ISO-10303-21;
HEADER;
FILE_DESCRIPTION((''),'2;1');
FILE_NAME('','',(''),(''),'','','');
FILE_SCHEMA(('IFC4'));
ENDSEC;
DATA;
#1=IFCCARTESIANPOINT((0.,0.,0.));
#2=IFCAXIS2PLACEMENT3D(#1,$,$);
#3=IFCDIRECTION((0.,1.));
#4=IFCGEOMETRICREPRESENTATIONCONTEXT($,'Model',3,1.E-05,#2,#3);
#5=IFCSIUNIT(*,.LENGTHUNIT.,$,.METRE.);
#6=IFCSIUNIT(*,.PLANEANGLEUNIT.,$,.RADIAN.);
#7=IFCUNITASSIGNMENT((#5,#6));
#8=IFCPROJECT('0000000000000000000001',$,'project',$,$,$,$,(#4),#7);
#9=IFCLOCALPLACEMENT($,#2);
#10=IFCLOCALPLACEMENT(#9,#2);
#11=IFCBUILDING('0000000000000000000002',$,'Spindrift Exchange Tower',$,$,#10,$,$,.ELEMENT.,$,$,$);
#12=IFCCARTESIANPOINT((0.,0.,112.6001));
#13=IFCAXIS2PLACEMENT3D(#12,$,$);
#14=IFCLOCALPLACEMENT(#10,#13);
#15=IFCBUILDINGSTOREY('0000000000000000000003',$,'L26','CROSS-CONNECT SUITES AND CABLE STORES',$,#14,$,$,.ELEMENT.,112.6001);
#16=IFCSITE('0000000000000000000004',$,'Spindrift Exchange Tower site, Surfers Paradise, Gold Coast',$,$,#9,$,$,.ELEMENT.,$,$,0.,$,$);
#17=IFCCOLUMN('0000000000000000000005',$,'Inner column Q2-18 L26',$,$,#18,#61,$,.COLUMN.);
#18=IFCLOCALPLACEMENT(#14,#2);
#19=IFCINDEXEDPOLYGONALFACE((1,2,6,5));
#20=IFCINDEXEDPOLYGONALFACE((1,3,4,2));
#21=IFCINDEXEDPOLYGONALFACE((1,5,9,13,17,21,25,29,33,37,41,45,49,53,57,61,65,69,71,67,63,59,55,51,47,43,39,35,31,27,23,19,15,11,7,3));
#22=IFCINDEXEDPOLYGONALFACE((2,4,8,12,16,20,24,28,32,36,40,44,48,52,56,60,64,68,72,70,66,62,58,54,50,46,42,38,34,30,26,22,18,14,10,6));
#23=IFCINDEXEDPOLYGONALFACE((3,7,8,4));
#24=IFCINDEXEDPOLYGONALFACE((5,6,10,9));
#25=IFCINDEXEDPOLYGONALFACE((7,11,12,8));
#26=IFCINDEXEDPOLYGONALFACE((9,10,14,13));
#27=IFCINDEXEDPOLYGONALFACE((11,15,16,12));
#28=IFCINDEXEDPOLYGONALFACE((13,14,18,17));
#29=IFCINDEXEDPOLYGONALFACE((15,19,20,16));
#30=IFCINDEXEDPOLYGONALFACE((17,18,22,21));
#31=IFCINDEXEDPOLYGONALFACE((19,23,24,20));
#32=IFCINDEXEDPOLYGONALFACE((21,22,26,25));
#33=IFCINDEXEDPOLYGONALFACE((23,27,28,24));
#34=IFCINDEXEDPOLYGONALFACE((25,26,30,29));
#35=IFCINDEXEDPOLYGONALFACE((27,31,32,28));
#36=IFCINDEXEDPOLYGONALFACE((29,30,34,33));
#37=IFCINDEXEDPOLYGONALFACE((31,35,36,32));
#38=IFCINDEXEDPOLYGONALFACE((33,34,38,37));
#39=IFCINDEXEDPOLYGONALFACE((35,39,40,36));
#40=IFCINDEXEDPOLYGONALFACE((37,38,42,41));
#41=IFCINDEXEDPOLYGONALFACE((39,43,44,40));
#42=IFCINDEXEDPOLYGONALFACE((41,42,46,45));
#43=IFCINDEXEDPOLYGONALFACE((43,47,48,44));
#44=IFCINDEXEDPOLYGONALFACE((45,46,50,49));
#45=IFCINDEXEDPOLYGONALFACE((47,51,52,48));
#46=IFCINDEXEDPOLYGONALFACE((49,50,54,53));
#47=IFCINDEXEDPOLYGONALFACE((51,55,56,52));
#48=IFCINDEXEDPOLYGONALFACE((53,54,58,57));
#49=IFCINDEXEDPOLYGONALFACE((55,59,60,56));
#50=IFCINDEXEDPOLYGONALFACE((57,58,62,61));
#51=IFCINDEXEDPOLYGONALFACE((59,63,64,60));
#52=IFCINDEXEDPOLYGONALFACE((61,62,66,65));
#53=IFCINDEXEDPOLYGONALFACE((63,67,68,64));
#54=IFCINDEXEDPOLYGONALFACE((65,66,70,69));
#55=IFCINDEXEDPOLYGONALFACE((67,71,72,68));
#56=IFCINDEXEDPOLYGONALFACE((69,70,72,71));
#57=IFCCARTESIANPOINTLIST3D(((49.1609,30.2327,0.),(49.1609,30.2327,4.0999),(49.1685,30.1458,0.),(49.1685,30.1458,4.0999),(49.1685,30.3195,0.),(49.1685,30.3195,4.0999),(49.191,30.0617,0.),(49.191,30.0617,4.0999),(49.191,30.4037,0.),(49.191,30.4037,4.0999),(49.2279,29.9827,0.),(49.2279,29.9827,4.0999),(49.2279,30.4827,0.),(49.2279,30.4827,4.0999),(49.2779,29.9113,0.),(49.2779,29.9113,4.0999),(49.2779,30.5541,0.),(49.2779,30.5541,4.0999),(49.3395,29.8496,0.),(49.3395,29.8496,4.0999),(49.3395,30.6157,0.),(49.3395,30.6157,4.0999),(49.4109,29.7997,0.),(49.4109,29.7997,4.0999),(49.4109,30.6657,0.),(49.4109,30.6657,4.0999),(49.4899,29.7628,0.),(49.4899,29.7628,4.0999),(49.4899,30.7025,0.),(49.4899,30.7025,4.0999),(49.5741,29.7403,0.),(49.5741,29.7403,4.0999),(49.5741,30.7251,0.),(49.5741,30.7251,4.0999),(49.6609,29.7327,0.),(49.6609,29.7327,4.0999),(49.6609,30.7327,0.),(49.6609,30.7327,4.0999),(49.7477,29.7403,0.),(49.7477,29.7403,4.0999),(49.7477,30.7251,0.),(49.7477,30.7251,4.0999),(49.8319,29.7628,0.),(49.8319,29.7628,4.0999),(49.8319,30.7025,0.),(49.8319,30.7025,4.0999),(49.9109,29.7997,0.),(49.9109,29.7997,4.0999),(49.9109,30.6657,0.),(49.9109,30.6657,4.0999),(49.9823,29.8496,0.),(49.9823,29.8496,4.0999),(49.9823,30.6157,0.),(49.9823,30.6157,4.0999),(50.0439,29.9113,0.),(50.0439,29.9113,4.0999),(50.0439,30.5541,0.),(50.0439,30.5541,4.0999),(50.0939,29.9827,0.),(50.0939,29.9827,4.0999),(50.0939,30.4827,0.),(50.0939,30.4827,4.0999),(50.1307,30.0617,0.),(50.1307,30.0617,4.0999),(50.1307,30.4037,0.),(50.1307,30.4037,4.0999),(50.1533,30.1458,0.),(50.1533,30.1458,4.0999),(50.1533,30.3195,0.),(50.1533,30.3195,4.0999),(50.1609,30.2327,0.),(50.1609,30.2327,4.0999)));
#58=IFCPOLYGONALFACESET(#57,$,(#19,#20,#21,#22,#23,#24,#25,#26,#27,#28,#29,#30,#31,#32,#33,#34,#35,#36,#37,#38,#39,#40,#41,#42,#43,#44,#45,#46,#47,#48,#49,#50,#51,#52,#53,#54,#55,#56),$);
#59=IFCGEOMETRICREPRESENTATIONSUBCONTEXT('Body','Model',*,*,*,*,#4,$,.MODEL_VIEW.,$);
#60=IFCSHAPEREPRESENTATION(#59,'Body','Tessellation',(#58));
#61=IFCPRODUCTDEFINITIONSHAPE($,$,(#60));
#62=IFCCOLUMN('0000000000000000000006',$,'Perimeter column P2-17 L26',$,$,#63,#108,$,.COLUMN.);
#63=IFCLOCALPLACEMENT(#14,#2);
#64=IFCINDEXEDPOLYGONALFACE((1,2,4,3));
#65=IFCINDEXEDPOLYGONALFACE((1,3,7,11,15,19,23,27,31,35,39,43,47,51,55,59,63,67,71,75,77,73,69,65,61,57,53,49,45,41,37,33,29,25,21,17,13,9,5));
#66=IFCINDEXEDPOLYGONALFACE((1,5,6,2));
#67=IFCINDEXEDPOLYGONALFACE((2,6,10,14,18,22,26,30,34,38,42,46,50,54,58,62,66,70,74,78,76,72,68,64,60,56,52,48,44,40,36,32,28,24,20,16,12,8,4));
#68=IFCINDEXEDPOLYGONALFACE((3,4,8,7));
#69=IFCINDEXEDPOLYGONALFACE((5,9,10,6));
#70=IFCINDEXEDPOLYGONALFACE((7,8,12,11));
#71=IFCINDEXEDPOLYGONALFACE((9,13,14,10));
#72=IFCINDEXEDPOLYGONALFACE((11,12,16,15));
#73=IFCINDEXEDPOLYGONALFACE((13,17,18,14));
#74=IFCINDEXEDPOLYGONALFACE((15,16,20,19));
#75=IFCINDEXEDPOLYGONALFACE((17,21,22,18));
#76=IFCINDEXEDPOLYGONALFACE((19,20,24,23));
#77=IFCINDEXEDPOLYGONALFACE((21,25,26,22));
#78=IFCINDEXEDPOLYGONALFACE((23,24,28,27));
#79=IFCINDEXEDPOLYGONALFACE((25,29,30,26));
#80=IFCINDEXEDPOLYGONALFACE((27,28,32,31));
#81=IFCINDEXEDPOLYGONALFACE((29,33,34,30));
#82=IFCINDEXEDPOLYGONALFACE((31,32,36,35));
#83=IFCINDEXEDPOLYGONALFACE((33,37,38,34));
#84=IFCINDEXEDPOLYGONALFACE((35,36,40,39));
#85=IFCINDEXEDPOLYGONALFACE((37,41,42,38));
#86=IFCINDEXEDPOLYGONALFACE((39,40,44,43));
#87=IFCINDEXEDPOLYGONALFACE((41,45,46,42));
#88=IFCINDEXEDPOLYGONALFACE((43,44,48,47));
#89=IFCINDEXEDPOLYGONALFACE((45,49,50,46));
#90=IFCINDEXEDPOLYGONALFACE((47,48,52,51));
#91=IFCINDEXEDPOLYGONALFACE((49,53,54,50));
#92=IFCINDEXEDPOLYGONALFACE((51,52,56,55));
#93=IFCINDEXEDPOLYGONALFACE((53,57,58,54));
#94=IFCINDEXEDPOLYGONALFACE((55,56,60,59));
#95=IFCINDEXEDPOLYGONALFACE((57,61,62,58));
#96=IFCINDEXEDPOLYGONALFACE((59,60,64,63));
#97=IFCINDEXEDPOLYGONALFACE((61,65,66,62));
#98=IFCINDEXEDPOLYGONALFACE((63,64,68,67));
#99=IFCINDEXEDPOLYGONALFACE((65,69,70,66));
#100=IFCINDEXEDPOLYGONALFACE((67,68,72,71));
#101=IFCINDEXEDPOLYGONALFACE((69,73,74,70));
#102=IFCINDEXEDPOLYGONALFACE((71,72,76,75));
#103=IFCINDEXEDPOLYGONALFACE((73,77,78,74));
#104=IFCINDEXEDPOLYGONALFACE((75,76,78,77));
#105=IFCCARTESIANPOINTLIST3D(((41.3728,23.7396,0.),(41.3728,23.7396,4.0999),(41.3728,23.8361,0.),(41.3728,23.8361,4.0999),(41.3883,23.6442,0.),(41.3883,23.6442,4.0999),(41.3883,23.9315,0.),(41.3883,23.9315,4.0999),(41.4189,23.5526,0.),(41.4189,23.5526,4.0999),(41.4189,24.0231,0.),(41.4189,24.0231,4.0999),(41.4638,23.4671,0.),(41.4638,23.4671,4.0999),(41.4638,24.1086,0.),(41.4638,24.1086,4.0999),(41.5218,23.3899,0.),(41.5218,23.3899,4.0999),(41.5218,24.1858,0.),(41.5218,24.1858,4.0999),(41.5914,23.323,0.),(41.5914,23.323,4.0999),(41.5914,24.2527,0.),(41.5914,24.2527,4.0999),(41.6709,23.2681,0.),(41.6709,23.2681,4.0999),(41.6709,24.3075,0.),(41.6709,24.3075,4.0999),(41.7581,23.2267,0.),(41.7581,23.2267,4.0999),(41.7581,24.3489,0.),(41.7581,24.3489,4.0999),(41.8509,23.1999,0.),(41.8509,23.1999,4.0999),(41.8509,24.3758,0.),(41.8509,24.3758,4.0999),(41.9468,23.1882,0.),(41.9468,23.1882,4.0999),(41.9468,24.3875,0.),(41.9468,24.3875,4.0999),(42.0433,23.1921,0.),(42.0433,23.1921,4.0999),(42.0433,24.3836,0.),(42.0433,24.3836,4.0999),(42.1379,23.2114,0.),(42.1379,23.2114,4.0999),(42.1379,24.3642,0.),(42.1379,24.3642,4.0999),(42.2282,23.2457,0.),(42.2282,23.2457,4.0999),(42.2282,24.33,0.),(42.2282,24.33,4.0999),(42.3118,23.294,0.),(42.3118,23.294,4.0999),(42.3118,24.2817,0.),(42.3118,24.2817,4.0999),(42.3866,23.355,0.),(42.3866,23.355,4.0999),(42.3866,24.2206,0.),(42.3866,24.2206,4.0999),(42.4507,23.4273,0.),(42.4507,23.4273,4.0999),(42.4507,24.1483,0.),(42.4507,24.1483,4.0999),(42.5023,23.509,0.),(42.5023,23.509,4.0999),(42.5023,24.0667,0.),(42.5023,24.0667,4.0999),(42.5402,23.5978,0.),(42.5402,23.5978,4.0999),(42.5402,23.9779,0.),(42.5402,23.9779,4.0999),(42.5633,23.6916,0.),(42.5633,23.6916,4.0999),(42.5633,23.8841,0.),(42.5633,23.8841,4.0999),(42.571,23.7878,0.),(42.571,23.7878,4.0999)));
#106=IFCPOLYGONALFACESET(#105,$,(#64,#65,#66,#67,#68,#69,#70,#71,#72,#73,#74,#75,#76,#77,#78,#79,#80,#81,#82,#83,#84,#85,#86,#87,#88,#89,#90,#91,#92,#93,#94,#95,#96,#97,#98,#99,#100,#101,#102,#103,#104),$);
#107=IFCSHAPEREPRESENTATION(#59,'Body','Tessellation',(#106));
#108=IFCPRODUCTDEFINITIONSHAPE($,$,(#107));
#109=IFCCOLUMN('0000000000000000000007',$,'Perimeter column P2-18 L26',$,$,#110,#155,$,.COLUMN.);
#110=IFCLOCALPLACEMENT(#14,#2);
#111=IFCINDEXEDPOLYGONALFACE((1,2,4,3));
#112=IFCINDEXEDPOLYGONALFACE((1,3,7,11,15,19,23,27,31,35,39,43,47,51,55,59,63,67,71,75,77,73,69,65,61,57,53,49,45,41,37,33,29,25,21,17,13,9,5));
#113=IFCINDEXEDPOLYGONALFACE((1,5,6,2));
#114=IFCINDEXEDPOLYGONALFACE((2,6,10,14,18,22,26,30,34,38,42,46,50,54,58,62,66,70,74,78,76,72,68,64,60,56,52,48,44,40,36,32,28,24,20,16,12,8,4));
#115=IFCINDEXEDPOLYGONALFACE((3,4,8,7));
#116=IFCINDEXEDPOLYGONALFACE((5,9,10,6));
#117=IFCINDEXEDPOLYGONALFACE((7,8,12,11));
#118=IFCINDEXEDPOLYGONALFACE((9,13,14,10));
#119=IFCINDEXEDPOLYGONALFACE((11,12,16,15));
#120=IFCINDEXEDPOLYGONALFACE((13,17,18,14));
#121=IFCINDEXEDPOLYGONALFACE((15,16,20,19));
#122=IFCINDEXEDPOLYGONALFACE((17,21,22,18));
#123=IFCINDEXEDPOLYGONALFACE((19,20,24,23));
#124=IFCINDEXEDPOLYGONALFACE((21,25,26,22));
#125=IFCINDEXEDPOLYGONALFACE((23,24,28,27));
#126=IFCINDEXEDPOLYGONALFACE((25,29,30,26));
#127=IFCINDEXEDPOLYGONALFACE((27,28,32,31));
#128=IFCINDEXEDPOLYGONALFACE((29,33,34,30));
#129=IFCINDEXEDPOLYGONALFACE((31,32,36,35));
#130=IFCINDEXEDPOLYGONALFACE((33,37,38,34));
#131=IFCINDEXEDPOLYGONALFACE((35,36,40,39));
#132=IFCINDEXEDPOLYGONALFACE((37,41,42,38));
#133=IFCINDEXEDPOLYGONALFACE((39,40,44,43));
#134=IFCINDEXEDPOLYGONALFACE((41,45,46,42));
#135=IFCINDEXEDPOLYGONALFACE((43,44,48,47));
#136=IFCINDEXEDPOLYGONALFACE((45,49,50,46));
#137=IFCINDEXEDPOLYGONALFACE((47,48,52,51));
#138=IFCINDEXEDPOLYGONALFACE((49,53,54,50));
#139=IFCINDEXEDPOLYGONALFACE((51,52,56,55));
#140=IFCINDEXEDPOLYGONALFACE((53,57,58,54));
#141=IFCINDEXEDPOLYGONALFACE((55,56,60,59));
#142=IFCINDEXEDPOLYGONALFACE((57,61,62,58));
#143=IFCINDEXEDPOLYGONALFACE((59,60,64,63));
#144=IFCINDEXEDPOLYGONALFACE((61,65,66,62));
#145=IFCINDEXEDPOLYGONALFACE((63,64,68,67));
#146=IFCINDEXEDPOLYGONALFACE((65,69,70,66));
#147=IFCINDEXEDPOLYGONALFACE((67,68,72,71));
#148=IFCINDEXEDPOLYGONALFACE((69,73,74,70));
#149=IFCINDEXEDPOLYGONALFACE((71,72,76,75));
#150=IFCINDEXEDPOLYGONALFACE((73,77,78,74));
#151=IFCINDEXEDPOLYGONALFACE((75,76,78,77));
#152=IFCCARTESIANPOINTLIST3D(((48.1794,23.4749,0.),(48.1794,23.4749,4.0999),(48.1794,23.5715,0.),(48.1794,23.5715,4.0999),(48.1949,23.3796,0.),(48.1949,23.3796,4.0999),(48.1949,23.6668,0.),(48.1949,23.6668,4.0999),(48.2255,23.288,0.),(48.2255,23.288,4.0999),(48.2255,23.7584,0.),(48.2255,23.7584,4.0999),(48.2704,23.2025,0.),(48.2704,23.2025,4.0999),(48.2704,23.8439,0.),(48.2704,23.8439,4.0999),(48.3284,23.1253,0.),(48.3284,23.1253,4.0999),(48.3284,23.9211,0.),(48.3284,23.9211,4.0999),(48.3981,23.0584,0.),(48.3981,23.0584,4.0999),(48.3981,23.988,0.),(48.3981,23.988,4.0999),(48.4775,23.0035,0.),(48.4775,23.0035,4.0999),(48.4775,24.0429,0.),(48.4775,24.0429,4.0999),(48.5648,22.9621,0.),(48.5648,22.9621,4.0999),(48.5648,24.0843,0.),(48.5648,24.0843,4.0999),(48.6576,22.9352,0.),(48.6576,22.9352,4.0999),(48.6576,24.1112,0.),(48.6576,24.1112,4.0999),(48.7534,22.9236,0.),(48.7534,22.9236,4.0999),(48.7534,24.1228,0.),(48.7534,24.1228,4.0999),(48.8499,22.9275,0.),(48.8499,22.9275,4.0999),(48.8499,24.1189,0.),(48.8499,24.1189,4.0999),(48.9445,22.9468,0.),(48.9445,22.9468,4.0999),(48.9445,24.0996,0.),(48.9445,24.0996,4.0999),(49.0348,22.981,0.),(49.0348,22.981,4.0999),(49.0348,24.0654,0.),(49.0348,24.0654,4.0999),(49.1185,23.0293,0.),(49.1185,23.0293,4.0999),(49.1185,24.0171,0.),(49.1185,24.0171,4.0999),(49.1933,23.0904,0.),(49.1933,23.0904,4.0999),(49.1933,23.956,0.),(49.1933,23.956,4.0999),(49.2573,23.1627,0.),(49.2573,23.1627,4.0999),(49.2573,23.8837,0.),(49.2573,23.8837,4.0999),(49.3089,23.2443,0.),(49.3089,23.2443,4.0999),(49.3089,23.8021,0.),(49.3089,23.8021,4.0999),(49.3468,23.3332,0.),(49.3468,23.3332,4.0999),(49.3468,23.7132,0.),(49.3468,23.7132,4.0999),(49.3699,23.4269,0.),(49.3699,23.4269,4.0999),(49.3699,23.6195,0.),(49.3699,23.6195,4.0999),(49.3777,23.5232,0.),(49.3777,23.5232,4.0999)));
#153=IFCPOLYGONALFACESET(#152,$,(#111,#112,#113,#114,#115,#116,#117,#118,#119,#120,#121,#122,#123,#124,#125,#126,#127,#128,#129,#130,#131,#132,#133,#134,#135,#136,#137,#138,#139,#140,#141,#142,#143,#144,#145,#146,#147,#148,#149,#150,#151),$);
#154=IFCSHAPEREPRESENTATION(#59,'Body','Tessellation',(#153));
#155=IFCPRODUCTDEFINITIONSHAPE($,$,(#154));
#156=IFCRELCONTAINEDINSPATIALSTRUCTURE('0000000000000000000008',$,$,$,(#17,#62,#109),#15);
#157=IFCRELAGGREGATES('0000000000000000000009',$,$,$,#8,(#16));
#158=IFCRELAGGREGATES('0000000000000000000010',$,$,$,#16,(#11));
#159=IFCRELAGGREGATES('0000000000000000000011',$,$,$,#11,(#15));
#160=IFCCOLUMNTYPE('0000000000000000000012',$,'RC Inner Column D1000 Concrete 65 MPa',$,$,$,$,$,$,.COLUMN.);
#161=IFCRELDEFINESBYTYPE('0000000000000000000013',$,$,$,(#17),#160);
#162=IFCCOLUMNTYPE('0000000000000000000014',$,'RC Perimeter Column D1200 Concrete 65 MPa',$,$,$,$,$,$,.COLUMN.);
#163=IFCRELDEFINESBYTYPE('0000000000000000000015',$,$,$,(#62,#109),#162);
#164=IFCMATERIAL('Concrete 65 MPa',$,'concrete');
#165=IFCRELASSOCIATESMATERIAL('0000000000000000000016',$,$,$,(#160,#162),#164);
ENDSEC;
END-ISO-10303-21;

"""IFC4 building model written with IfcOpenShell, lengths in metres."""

from ifc_helpers import new_model, si_unit, direction, frame, origin, origin_2d, place, context, subcontext, project, spatial, circle, extrude, source, transform, mapped, material, material_profile, profile_set, type_object, element, save


model = new_model("IFC4")

# Units and contexts
model_context = context("Model", 3, precision=1e-05, world=origin(), true_north=direction((0.0, 1.0)))
body_context = subcontext(model_context, "Body", "Model", "MODEL_VIEW")
ifc_project = project(units=[si_unit("LENGTHUNIT", "METRE"), si_unit("PLANEANGLEUNIT", "RADIAN")], contexts=[model_context])

# Site, building, storey
site_placement = place(None, origin())
site = spatial("IfcSite", under=ifc_project, at=site_placement, Name="Spindrift Exchange Tower site, Surfers Paradise, Gold Coast", CompositionType="ELEMENT", RefElevation=0.0)
building_placement = place(site_placement, origin())
building = spatial("IfcBuilding", under=site, at=building_placement, Name="Spindrift Exchange Tower", CompositionType="ELEMENT")
storey_placement = place(building_placement, frame((0.0, 0.0, 112.6001)))
storey = spatial("IfcBuildingStorey", under=building, at=storey_placement, Name="L26", Description="CROSS-CONNECT SUITES AND CABLE STORES", CompositionType="ELEMENT", Elevation=112.6001)

# Columns
ifc_material_1 = material(Name="Concrete 65 MPa", Category="concrete")
ifc_material_profile_1 = material_profile(ifc_material_1, circle(Radius=0.5, at=origin_2d()), Name="RC D1000")
ifc_profile_set_1 = profile_set([ifc_material_profile_1], Name="Concrete 65 MPa")
column_type_1 = type_object("IfcColumnType", Name="RC Inner Column D1000 Concrete 65 MPa", PredefinedType="COLUMN", material=ifc_profile_set_1)
shared_shape_1 = source(origin(), body_context, "Body", "SweptSolid", [
    extrude(circle(Radius=0.5, at=origin_2d()), origin(), (0.0, 0.0, 1.0), 4.0999),
])
column_placement = place(storey_placement, frame((49.6609, 30.2327, 0.0), z_axis=(0.0, 0.0, 1.0), x_axis=(1.0, 0.0, 0.0)))
element("IfcColumn", 1, at=column_placement, inside=storey, type_object=column_type_1, Name="Inner column Q2-18 L26", PredefinedType="COLUMN", context=body_context, shape_type="MappedRepresentation", body=[
    mapped(shared_shape_1, transform((0.0, 0.0, 0.0), scale=1.0)),
])
ifc_material_profile_2 = material_profile(ifc_material_1, circle(Radius=0.6001, at=origin_2d()), Name="RC D1200")
ifc_profile_set_2 = profile_set([ifc_material_profile_2], Name="Concrete 65 MPa")
column_type_2 = type_object("IfcColumnType", Name="RC Perimeter Column D1200 Concrete 65 MPa", PredefinedType="COLUMN", material=ifc_profile_set_2)
shared_shape_2 = source(origin(), body_context, "Body", "SweptSolid", [
    extrude(circle(Radius=0.6001, at=origin_2d()), origin(), (0.0, 0.0, 1.0), 4.0999),
])
for number, where, z_axis, x_axis, name in (
    (2, (41.9709, 23.7878, 0.0), (0.0, 0.0, 1.0), (1.0, 0.0, 0.0), "Perimeter column P2-17 L26"),
    (3, (48.7776, 23.5232, 0.0), (0.0, 0.0, 1.0), (1.0, 0.0, 0.0), "Perimeter column P2-18 L26"),
):
    element("IfcColumn", number, at=place(storey_placement, frame(where, z_axis=z_axis, x_axis=x_axis)), inside=storey, type_object=column_type_2, Name=name, PredefinedType="COLUMN", context=body_context, shape_type="MappedRepresentation", body=[
        mapped(shared_shape_2, transform((0.0, 0.0, 0.0), scale=1.0)),
    ])

save(model, "model.ifc")
